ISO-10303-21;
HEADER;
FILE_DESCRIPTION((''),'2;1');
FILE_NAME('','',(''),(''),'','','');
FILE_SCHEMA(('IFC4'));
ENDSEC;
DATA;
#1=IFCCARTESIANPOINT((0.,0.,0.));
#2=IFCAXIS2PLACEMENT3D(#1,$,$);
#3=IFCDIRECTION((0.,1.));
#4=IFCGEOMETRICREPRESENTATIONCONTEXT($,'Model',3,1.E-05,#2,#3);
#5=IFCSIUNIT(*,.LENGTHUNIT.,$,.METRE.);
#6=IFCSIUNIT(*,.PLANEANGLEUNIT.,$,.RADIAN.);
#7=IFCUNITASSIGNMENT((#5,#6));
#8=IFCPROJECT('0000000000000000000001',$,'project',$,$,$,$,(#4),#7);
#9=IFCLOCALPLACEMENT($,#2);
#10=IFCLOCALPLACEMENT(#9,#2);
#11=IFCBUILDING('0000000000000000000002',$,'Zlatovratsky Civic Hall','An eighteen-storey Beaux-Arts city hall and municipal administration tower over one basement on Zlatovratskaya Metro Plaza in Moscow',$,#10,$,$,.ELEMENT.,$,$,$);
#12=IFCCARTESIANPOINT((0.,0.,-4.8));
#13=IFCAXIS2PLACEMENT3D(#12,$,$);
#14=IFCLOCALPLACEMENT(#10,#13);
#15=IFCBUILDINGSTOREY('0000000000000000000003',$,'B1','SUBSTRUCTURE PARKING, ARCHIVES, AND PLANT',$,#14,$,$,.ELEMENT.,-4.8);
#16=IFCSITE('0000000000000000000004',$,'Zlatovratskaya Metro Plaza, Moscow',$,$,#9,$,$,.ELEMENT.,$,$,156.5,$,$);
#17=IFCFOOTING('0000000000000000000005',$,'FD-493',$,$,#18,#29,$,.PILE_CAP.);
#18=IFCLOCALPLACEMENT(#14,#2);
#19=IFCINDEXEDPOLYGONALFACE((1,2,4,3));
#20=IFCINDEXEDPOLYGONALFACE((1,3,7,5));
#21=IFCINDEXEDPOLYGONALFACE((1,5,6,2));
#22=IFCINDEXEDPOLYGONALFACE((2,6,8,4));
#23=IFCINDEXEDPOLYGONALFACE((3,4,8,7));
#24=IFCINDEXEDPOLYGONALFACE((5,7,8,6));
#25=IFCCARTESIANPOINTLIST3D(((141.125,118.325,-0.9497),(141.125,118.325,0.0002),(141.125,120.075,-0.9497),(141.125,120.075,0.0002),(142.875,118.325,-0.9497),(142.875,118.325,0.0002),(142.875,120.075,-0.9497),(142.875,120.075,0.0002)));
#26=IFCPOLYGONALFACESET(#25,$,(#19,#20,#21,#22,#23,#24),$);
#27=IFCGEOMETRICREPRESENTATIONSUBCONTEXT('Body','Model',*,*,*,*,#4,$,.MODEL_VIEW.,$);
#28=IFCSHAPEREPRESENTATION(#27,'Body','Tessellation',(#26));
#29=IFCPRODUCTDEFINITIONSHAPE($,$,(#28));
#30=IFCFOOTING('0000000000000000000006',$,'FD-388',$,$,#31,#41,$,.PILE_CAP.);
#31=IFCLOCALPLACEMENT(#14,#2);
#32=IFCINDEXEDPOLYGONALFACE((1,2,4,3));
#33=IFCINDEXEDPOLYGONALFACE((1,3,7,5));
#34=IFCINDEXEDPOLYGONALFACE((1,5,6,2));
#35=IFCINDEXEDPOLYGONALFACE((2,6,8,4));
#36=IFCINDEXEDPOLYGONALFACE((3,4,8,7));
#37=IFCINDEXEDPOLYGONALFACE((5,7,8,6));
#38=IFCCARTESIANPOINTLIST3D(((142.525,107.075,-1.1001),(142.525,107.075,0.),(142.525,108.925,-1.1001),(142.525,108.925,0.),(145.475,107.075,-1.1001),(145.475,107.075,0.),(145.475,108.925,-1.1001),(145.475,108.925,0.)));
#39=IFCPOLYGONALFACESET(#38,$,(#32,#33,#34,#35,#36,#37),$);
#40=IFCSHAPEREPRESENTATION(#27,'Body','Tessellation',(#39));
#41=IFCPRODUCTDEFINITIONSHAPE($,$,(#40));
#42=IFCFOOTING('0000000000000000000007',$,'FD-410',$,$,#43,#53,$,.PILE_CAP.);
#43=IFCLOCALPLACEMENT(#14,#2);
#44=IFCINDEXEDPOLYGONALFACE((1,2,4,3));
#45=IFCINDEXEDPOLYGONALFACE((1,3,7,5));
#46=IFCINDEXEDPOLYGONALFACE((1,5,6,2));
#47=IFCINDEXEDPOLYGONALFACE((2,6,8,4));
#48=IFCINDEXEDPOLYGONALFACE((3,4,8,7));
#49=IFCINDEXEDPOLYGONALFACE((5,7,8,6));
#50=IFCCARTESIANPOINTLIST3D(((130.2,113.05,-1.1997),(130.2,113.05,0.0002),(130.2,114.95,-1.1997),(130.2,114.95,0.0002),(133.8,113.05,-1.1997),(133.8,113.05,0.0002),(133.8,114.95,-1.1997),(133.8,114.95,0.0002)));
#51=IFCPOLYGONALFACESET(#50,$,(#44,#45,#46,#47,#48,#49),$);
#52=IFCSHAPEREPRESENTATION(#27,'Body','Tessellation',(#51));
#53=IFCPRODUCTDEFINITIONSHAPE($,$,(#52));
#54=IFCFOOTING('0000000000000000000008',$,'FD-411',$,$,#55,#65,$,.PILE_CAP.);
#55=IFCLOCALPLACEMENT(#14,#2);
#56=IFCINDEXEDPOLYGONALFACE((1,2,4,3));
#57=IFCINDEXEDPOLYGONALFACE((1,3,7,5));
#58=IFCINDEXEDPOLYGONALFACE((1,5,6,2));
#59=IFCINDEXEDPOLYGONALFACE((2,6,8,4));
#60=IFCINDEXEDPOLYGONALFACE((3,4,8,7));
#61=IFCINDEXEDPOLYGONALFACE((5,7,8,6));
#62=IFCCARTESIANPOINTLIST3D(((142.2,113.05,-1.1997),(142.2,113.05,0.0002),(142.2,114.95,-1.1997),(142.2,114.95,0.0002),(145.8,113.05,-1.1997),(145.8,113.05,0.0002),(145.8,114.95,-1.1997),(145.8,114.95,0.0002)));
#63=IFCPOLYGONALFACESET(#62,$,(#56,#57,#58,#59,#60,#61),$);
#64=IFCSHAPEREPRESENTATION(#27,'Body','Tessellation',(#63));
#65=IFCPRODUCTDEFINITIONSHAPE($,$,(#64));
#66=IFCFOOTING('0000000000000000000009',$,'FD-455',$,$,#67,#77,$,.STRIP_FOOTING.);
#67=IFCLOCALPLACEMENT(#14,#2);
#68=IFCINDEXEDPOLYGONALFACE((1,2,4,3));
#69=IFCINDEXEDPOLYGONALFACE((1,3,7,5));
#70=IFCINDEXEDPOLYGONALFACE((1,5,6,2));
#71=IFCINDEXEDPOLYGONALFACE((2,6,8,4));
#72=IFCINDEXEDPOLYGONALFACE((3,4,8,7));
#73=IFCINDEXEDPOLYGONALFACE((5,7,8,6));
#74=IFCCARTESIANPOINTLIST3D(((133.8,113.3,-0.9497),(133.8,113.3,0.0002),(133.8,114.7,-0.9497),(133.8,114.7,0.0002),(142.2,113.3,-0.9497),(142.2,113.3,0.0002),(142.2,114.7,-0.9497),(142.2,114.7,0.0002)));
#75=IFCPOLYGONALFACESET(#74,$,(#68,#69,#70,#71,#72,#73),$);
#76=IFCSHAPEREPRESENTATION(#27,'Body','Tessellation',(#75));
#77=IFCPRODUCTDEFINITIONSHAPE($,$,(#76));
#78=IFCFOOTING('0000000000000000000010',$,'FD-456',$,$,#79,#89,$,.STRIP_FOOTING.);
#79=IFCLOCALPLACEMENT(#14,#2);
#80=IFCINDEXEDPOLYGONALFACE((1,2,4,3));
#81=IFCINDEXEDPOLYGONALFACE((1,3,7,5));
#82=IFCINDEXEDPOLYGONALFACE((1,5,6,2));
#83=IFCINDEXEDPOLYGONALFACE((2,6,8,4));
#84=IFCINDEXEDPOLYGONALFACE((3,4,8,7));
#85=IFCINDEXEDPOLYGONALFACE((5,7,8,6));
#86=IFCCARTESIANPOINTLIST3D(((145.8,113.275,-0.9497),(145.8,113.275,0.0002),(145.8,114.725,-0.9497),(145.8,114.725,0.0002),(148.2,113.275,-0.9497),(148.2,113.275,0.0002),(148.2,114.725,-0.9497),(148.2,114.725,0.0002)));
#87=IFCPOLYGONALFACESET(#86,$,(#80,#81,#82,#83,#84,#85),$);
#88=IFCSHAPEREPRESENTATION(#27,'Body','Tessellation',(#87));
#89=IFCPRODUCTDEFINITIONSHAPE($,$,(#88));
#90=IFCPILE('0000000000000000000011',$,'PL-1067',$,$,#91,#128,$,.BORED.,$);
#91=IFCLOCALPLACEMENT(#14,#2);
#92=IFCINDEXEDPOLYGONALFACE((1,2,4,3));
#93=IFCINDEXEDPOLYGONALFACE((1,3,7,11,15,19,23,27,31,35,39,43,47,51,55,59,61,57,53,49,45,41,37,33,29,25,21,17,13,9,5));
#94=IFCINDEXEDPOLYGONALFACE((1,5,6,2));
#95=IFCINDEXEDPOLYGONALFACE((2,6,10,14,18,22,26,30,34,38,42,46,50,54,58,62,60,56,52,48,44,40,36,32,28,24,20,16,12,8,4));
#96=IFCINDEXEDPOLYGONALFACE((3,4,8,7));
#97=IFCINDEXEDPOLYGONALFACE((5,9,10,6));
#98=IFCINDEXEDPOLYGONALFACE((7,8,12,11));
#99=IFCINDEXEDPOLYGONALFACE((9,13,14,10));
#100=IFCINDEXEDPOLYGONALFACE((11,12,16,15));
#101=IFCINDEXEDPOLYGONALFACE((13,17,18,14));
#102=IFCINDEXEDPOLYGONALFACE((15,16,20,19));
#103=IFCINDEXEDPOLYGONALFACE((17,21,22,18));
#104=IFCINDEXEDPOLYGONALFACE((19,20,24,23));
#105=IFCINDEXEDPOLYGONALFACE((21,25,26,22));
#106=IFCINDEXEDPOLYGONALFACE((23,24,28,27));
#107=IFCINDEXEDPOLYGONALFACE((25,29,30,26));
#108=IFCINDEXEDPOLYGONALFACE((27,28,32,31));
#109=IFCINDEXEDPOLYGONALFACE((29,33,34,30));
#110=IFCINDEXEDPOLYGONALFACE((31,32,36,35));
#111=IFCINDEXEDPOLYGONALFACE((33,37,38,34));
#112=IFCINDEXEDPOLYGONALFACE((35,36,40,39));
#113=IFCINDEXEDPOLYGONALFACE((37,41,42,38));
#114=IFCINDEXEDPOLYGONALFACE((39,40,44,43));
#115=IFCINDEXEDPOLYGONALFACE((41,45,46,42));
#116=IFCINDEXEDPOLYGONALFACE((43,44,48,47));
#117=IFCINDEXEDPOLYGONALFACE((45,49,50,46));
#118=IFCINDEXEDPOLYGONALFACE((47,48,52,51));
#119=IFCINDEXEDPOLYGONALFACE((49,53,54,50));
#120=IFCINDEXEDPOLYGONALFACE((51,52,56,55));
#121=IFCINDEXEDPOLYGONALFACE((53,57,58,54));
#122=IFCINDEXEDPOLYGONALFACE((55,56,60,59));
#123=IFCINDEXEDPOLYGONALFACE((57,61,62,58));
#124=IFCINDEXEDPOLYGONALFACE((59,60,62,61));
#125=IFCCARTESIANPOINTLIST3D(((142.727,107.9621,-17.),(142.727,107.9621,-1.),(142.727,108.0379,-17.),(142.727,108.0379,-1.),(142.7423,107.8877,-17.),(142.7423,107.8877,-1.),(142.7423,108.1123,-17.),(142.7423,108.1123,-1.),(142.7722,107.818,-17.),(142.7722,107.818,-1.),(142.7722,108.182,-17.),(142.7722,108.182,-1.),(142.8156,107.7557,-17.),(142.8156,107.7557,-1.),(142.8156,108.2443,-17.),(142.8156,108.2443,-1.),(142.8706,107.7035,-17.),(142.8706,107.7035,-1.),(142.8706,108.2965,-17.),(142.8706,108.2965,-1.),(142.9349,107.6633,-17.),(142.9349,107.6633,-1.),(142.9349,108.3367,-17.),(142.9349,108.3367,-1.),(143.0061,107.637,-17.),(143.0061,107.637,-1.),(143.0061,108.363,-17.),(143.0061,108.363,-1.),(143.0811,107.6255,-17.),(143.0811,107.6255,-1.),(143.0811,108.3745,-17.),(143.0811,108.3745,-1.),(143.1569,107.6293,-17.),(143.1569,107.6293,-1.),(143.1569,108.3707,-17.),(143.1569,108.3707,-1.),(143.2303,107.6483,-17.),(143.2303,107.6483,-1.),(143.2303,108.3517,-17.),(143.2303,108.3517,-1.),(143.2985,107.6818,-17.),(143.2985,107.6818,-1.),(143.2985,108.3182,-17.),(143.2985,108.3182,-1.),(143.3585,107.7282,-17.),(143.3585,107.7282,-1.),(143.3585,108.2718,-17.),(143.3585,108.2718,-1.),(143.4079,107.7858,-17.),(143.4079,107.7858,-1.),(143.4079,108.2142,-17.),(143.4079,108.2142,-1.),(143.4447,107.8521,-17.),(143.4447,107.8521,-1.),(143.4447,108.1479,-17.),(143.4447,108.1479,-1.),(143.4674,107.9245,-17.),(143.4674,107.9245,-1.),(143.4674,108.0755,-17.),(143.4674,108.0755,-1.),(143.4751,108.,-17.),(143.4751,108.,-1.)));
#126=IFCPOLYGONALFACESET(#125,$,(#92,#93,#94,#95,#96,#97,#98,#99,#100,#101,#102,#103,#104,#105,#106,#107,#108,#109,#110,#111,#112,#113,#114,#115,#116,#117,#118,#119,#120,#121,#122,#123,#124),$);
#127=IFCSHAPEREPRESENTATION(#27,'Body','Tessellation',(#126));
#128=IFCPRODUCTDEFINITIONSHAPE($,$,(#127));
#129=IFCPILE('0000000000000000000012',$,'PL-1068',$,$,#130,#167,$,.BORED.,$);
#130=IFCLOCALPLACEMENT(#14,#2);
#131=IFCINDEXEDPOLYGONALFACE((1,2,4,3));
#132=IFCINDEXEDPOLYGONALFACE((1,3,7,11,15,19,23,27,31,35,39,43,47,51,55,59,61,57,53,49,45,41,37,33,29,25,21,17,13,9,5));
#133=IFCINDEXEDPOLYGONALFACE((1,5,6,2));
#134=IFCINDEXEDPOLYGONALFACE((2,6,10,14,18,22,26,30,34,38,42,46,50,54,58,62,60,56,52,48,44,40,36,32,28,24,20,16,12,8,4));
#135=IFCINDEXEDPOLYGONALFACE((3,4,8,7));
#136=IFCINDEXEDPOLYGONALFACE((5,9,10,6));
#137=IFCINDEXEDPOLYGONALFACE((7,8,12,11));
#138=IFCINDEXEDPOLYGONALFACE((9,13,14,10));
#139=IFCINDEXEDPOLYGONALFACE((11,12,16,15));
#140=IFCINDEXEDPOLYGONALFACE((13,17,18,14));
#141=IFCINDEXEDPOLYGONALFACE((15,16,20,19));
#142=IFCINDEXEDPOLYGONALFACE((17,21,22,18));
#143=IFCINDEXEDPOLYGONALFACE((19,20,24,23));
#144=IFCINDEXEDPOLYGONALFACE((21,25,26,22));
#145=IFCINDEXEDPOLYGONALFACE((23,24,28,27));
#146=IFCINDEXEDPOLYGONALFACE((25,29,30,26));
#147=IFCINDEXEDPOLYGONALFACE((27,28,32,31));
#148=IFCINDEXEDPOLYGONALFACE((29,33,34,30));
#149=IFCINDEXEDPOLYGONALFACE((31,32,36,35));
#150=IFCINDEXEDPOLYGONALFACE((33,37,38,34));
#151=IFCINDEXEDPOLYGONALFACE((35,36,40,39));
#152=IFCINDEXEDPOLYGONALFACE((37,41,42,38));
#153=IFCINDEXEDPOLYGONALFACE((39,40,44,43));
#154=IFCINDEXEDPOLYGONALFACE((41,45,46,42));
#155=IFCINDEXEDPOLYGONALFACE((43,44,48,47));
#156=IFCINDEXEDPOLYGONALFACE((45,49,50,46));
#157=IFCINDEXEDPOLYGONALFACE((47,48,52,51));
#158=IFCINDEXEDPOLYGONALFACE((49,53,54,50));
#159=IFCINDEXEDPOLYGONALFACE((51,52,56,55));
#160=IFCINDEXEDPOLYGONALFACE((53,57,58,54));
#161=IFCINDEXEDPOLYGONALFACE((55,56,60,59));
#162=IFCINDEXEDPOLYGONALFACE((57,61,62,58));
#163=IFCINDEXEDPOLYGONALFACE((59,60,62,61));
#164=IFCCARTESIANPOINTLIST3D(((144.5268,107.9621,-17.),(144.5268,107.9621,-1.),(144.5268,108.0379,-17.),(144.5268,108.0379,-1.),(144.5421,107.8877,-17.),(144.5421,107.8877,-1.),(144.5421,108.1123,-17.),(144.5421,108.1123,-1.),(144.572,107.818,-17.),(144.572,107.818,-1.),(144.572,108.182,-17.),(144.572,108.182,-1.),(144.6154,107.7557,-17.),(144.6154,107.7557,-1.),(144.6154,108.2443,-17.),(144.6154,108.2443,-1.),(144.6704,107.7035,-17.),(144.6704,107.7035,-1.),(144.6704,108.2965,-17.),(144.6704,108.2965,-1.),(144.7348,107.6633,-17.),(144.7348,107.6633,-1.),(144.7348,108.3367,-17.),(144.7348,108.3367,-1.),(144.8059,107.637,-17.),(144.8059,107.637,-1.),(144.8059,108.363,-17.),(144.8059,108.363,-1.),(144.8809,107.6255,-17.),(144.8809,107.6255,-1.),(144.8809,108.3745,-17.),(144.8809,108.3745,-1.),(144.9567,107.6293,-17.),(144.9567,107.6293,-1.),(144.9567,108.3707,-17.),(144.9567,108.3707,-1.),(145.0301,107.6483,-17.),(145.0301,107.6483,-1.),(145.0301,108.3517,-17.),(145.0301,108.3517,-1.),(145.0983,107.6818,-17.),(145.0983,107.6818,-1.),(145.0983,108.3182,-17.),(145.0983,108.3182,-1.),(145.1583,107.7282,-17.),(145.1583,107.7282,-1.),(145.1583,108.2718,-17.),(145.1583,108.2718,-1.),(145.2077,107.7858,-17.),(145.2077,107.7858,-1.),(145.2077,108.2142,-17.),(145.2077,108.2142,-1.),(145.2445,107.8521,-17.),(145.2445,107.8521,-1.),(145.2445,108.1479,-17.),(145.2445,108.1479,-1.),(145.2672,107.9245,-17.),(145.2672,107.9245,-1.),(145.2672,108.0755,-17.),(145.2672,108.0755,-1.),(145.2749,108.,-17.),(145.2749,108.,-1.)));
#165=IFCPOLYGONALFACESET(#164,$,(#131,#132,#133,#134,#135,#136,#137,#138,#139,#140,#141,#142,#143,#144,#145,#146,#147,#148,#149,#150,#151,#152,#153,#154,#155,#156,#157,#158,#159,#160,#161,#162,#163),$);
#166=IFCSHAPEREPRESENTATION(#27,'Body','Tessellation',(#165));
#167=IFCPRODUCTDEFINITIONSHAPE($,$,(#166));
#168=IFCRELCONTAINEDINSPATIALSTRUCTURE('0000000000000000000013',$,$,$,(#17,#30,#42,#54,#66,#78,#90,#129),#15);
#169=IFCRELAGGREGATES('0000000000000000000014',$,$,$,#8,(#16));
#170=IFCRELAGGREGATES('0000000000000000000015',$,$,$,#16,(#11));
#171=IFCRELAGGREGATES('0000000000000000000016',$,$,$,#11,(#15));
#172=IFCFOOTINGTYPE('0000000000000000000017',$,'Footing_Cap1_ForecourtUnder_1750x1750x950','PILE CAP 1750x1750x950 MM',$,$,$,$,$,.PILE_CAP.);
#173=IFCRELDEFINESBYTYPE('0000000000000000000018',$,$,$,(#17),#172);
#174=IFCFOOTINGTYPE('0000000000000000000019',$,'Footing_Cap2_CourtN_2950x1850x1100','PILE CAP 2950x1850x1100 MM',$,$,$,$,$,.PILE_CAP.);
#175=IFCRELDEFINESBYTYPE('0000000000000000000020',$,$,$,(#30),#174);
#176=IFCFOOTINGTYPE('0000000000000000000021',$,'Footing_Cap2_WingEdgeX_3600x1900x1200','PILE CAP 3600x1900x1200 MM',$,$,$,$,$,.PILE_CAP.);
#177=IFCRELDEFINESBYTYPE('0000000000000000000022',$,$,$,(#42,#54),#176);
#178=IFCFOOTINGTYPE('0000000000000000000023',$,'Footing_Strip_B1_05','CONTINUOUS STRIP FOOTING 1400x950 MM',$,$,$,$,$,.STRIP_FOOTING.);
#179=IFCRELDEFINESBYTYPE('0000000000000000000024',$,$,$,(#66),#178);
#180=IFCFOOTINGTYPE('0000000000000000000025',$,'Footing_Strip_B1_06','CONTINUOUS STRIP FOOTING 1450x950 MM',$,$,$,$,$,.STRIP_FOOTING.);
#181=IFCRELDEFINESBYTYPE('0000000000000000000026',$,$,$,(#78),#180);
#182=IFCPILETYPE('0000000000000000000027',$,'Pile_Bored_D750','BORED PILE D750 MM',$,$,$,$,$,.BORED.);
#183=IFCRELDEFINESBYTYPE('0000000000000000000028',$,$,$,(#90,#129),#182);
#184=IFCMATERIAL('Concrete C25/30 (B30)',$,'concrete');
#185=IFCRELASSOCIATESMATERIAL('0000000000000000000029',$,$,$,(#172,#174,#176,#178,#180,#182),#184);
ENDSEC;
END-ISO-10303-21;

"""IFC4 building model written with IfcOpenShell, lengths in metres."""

from ifc_helpers import new_model, si_unit, direction, frame, origin, origin_2d, place, context, subcontext, project, spatial, rectangle, circle, extrude, material, material_profile, profile_set, type_object, element, save


model = new_model("IFC4")

# Units and contexts
model_context = context("Model", 3, precision=1e-05, world=origin(), true_north=direction((0.0, 1.0)))
body_context = subcontext(model_context, "Body", "Model", "MODEL_VIEW")
ifc_project = project(units=[si_unit("LENGTHUNIT", "METRE"), si_unit("PLANEANGLEUNIT", "RADIAN")], contexts=[model_context])

# Site, building, storey
site_placement = place(None, origin())
site = spatial("IfcSite", under=ifc_project, at=site_placement, Name="Zlatovratskaya Metro Plaza, Moscow", CompositionType="ELEMENT", RefElevation=156.5)
building_placement = place(site_placement, origin())
building = spatial("IfcBuilding", under=site, at=building_placement, Name="Zlatovratsky Civic Hall", Description="An eighteen-storey Beaux-Arts city hall and municipal administration tower over one basement on Zlatovratskaya Metro Plaza in Moscow", CompositionType="ELEMENT")
storey_placement = place(building_placement, frame((0.0, 0.0, -4.8)))
storey = spatial("IfcBuildingStorey", under=building, at=storey_placement, Name="B1", Description="SUBSTRUCTURE PARKING, ARCHIVES, AND PLANT", CompositionType="ELEMENT", Elevation=-4.8)

# Footings
ifc_material_1 = material(Name="Concrete C25/30 (B30)", Category="concrete")
footing_type_1 = type_object("IfcFootingType", Name="Footing_Cap1_ForecourtUnder_1750x1750x950", Description="PILE CAP 1750x1750x950 MM", PredefinedType="PILE_CAP", material=ifc_material_1)
footing_1_placement = place(storey_placement, frame((142.0, 119.2, -0.9497), z_axis=(0.0, 0.0, 1.0), x_axis=(1.0, 0.0, 0.0)))
element("IfcFooting", 1, at=footing_1_placement, inside=storey, type_object=footing_type_1, Name="FD-493", PredefinedType="PILE_CAP", context=body_context, shape_type="SweptSolid", body=[
    extrude(rectangle(XDim=1.75, YDim=1.75, at=origin_2d()), origin(), (0.0, 0.0, 1.0), 0.95),
])
footing_type_2 = type_object("IfcFootingType", Name="Footing_Cap2_CourtN_2950x1850x1100", Description="PILE CAP 2950x1850x1100 MM", PredefinedType="PILE_CAP", material=ifc_material_1)
footing_2_placement = place(storey_placement, frame((144.0, 108.0, -1.1001), z_axis=(0.0, 0.0, 1.0), x_axis=(1.0, 0.0, 0.0)))
element("IfcFooting", 2, at=footing_2_placement, inside=storey, type_object=footing_type_2, Name="FD-388", PredefinedType="PILE_CAP", context=body_context, shape_type="SweptSolid", body=[
    extrude(rectangle(XDim=2.95, YDim=1.8501, at=origin_2d()), origin(), (0.0, 0.0, 1.0), 1.1001),
])
footing_type_3 = type_object("IfcFootingType", Name="Footing_Cap2_WingEdgeX_3600x1900x1200", Description="PILE CAP 3600x1900x1200 MM", PredefinedType="PILE_CAP", material=ifc_material_1)
for number, where, z_axis, x_axis, name in (
    (3, (132.0, 114.0, -1.1997), (0.0, 0.0, 1.0), (1.0, 0.0, 0.0), "FD-410"),
    (4, (144.0, 114.0, -1.1997), (0.0, 0.0, 1.0), (1.0, 0.0, 0.0), "FD-411"),
):
    element("IfcFooting", number, at=place(storey_placement, frame(where, z_axis=z_axis, x_axis=x_axis)), inside=storey, type_object=footing_type_3, Name=name, PredefinedType="PILE_CAP", context=body_context, shape_type="SweptSolid", body=[
        extrude(rectangle(XDim=3.6001, YDim=1.8999, at=origin_2d()), origin(), (0.0, 0.0, 1.0), 1.2),
    ])
footing_type_4 = type_object("IfcFootingType", Name="Footing_Strip_B1_05", Description="CONTINUOUS STRIP FOOTING 1400x950 MM", PredefinedType="STRIP_FOOTING", material=ifc_material_1)
footing_3_placement = place(storey_placement, frame((138.0, 114.0, -0.9497), z_axis=(0.0, 0.0, 1.0), x_axis=(1.0, 0.0, 0.0)))
element("IfcFooting", 5, at=footing_3_placement, inside=storey, type_object=footing_type_4, Name="FD-455", PredefinedType="STRIP_FOOTING", context=body_context, shape_type="SweptSolid", body=[
    extrude(rectangle(XDim=8.3999, YDim=1.3999, at=origin_2d()), origin(), (0.0, 0.0, 1.0), 0.95),
])
footing_type_5 = type_object("IfcFootingType", Name="Footing_Strip_B1_06", Description="CONTINUOUS STRIP FOOTING 1450x950 MM", PredefinedType="STRIP_FOOTING", material=ifc_material_1)
footing_4_placement = place(storey_placement, frame((147.0, 114.0, -0.9497), z_axis=(0.0, 0.0, 1.0), x_axis=(1.0, 0.0, 0.0)))
element("IfcFooting", 6, at=footing_4_placement, inside=storey, type_object=footing_type_5, Name="FD-456", PredefinedType="STRIP_FOOTING", context=body_context, shape_type="SweptSolid", body=[
    extrude(rectangle(XDim=2.3999, YDim=1.45, at=origin_2d()), origin(), (0.0, 0.0, 1.0), 0.95),
])

# Piles
ifc_material_profile_1 = material_profile(ifc_material_1, circle(Radius=0.375, at=origin_2d()), Name="PILE D750")
ifc_profile_set_1 = profile_set([ifc_material_profile_1], Name="Concrete C25/30 (B30)")
pile_type_1 = type_object("IfcPileType", Name="Pile_Bored_D750", Description="BORED PILE D750 MM", PredefinedType="BORED", material=ifc_profile_set_1)
for number, where, z_axis, x_axis, name in (
    (7, (143.1001, 108.0, -1.0), (0.0, 0.0, -1.0), (1.0, 0.0, 0.0), "PL-1067"),
    (8, (144.8999, 108.0, -1.0), (0.0, 0.0, -1.0), (1.0, 0.0, 0.0), "PL-1068"),
):
    element("IfcPile", number, at=place(storey_placement, frame(where, z_axis=z_axis, x_axis=x_axis)), inside=storey, type_object=pile_type_1, Name=name, PredefinedType="BORED", context=body_context, shape_type="SweptSolid", body=[
        extrude(circle(Radius=0.375, at=origin_2d()), origin(), (0.0, 0.0, 1.0), 16.0),
    ])

save(model, "model.ifc")
